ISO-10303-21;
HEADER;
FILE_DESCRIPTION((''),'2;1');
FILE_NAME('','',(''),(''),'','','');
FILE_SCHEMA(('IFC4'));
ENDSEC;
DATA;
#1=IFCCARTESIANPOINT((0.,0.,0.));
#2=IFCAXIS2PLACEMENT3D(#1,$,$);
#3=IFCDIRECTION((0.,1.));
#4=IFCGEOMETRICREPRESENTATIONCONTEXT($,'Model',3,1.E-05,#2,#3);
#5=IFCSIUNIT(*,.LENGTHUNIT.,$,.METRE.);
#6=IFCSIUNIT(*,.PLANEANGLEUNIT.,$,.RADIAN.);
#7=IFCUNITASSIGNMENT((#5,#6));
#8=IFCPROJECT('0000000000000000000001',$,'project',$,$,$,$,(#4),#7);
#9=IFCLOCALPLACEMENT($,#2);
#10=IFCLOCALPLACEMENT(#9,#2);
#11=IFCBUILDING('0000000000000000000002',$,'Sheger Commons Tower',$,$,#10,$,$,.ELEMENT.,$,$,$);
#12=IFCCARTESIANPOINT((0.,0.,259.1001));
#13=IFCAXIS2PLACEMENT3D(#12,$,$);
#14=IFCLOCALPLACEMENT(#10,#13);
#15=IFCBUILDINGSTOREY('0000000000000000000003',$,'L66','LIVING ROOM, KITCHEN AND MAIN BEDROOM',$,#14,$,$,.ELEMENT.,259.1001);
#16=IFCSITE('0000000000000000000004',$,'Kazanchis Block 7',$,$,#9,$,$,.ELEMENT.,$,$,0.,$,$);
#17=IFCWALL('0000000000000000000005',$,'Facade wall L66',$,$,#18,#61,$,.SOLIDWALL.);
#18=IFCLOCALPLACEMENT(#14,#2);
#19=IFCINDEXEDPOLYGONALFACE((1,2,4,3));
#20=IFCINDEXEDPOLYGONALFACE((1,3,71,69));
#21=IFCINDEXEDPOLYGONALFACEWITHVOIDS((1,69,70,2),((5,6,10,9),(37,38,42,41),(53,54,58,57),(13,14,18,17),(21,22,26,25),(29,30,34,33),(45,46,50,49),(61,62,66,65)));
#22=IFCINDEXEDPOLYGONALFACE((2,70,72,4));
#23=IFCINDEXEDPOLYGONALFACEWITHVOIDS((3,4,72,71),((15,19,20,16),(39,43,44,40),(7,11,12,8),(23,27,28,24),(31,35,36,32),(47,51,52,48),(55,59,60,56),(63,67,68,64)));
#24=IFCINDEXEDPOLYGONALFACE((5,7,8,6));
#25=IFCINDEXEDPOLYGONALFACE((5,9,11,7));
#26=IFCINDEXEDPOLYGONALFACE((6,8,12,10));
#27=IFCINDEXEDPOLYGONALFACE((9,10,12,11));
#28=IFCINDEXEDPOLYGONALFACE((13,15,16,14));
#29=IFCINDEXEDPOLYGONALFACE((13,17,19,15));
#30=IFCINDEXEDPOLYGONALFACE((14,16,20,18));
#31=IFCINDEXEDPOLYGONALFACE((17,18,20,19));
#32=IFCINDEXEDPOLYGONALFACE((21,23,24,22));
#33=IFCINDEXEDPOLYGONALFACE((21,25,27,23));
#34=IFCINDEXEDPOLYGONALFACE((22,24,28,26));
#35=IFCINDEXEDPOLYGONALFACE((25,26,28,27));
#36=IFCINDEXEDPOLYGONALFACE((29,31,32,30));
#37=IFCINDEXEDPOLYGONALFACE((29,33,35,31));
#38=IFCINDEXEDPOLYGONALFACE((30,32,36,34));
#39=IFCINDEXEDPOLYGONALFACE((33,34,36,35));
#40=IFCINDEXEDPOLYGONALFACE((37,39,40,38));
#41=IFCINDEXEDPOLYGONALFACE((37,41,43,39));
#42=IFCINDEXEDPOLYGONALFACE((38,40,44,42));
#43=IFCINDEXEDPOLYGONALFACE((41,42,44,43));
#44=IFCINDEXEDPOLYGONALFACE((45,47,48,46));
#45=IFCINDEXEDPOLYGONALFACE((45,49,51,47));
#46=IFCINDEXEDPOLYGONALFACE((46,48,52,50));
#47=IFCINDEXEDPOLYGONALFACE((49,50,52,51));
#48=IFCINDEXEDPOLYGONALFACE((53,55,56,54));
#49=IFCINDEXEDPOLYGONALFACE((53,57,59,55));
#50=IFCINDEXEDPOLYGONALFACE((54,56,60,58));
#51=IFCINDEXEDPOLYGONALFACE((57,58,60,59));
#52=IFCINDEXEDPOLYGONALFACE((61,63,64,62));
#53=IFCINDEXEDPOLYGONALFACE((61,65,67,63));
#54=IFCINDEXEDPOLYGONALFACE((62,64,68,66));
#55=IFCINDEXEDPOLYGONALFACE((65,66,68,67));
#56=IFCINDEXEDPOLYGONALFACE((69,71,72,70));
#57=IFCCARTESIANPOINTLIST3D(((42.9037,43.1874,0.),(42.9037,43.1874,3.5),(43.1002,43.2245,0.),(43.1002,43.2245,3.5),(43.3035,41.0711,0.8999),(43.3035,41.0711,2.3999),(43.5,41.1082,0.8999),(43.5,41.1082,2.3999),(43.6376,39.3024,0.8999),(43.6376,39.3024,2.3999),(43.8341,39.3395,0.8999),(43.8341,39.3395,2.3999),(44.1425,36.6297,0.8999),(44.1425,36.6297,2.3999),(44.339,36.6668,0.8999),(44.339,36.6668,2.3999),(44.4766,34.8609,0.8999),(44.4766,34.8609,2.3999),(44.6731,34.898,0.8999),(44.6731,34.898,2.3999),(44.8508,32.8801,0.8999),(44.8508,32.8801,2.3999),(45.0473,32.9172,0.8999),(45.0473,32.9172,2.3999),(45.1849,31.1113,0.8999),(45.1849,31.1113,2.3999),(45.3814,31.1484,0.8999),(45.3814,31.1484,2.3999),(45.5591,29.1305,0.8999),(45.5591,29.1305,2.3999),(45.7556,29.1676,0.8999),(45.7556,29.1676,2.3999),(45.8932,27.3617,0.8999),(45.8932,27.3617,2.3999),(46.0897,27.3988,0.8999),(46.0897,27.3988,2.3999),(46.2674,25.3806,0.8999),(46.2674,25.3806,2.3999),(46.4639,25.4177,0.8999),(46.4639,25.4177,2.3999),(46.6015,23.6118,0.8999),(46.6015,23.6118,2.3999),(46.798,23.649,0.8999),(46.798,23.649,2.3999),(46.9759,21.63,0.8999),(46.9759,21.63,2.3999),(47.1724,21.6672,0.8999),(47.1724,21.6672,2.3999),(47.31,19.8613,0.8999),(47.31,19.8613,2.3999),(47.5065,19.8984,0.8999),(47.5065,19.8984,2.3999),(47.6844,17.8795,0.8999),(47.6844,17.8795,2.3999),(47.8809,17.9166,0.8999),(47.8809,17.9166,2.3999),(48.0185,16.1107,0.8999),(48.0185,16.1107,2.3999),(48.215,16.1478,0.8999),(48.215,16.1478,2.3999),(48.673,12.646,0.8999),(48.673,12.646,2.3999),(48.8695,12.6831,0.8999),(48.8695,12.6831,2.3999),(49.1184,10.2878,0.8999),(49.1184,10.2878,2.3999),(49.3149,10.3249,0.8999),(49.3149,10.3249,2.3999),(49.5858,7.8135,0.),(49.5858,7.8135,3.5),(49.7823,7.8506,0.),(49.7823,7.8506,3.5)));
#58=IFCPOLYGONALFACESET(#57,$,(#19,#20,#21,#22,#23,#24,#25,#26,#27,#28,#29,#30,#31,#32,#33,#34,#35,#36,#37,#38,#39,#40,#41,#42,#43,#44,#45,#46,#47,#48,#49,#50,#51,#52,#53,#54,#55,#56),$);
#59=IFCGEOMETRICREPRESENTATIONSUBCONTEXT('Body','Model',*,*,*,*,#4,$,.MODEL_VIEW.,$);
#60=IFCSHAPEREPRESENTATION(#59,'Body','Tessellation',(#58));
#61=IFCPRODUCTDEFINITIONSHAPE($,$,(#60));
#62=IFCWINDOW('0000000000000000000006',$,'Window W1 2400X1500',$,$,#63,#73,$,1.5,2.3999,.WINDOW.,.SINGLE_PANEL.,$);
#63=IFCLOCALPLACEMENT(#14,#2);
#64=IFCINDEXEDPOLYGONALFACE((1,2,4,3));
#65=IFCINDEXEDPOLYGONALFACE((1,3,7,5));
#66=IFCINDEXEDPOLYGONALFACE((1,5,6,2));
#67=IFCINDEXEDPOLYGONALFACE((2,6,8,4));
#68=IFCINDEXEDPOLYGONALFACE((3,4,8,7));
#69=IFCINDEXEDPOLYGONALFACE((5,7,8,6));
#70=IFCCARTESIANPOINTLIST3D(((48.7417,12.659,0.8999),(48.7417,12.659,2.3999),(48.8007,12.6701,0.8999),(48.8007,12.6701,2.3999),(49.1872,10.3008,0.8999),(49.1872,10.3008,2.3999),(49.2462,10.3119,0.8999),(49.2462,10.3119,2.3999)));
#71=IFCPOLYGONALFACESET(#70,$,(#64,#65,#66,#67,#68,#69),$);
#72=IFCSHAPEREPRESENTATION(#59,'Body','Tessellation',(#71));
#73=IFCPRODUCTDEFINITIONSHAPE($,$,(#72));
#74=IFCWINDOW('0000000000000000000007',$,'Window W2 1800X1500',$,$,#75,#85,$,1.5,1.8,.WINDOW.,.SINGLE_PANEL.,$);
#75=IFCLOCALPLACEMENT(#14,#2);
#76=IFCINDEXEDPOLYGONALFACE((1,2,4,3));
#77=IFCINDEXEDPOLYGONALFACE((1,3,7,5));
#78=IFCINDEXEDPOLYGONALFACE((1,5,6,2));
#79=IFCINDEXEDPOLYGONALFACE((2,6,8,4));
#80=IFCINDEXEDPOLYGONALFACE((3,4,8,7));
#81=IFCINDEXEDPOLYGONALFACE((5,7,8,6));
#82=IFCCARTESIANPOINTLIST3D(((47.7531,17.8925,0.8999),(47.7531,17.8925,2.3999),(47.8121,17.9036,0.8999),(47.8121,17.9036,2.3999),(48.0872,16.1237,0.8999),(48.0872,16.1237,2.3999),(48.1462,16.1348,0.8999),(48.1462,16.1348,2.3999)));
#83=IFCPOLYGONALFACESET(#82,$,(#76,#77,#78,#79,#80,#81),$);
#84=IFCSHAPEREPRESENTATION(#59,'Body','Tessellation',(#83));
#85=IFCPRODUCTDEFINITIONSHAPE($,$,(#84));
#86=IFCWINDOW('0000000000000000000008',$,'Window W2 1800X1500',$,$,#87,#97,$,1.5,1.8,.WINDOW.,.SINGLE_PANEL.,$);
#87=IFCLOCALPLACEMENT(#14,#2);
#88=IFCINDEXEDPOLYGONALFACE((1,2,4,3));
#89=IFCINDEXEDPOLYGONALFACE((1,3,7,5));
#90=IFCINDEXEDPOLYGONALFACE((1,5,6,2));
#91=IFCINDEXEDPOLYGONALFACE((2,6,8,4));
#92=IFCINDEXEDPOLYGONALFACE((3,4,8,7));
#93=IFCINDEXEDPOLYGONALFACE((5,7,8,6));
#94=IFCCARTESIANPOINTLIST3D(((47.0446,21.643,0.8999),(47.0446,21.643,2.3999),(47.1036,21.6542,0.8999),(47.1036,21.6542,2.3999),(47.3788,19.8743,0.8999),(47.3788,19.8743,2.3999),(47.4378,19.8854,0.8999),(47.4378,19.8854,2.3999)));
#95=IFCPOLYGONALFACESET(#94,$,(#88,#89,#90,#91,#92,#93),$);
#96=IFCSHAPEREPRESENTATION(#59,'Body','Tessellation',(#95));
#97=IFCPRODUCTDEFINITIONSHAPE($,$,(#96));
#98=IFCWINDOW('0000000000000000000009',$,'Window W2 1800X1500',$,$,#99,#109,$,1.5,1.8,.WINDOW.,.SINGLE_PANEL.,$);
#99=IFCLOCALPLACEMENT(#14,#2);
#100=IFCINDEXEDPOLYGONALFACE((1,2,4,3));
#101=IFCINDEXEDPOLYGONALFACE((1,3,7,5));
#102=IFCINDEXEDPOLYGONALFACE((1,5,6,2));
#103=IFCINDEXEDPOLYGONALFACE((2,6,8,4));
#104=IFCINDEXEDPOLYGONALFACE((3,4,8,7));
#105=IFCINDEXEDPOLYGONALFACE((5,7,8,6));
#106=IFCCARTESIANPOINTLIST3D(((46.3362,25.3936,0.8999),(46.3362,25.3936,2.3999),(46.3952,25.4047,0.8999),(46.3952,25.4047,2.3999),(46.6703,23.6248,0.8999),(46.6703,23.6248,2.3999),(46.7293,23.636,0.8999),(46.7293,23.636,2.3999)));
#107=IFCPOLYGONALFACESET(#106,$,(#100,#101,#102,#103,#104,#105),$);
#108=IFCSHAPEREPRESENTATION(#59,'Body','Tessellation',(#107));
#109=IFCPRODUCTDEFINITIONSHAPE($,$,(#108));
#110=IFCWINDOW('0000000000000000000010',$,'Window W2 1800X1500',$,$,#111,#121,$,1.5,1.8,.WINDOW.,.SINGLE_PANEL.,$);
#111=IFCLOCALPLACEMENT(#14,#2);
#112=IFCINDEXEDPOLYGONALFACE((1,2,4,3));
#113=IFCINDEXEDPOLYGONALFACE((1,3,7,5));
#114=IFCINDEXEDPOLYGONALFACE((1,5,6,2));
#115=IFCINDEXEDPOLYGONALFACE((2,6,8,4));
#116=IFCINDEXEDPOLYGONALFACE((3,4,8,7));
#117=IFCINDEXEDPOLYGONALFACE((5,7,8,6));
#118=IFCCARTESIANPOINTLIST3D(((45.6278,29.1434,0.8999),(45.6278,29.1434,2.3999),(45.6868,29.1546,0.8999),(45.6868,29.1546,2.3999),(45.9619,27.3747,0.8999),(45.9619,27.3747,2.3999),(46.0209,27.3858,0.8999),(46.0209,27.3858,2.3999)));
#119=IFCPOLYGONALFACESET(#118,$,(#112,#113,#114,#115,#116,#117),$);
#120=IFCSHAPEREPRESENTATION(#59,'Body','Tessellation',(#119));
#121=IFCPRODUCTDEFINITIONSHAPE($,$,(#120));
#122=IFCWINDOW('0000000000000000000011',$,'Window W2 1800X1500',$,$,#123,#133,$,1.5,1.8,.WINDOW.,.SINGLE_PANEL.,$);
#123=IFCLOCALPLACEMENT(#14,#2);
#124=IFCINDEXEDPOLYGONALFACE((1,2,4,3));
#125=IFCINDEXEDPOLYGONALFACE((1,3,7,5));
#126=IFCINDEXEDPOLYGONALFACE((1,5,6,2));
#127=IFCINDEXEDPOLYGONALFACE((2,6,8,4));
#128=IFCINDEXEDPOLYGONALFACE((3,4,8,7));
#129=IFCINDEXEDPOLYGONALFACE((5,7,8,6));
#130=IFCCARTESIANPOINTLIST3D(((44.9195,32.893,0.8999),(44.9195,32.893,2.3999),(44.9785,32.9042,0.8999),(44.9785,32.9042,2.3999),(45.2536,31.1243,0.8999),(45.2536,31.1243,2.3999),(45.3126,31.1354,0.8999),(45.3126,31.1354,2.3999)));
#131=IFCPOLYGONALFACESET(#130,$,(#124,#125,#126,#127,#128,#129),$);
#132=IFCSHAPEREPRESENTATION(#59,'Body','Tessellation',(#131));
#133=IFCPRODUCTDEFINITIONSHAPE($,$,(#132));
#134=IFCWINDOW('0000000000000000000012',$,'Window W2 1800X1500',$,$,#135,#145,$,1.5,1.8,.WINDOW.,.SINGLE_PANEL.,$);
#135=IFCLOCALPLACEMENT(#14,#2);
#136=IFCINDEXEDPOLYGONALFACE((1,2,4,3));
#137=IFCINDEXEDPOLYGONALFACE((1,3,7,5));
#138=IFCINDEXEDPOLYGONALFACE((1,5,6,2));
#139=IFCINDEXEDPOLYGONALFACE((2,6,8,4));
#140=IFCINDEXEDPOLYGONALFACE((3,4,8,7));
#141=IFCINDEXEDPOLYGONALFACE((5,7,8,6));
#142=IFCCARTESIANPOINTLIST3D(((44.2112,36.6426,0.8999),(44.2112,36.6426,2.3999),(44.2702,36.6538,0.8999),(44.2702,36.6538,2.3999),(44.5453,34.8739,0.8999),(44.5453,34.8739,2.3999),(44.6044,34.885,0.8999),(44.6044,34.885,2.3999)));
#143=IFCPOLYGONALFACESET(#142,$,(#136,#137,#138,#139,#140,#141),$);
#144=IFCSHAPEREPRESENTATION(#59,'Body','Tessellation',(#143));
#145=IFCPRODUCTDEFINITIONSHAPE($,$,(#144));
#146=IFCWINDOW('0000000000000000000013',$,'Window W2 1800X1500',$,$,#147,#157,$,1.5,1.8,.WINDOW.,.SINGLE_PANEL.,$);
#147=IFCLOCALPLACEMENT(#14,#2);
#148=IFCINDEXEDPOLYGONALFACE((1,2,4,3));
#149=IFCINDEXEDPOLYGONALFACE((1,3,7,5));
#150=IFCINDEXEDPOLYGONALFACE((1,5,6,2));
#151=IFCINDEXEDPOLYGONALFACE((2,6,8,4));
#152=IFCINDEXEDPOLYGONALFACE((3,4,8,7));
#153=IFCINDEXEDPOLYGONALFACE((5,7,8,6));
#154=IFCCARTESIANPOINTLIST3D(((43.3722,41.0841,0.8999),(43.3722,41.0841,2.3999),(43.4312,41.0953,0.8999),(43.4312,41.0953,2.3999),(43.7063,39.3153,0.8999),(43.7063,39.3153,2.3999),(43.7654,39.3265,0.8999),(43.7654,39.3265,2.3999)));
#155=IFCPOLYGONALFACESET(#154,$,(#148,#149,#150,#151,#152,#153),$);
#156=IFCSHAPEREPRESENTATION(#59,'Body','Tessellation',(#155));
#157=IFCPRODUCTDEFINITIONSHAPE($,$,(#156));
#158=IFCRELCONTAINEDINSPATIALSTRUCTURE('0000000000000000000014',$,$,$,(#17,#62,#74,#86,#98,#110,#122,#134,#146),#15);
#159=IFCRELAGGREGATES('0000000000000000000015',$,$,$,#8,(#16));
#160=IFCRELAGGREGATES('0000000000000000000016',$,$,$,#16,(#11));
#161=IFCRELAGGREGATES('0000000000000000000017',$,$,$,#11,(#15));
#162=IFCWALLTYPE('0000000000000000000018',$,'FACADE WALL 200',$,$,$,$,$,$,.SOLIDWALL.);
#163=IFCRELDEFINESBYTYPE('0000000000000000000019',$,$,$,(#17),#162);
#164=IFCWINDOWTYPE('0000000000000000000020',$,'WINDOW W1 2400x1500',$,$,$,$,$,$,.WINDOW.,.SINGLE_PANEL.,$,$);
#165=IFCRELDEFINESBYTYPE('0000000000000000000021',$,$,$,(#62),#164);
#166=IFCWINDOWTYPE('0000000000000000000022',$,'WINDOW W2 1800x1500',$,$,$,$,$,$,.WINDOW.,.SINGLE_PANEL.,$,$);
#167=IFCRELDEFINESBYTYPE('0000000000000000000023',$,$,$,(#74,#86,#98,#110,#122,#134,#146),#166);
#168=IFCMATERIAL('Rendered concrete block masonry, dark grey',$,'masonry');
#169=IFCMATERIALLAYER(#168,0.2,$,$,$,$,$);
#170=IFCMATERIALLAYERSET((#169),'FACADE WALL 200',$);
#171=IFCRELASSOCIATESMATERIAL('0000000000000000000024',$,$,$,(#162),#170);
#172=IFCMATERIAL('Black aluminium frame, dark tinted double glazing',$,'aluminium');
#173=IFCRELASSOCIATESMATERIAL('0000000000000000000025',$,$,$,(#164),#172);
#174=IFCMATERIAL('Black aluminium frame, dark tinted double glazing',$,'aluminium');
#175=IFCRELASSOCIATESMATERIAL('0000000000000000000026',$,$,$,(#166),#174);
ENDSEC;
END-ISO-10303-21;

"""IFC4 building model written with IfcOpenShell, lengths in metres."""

from ifc_helpers import new_model, si_unit, direction, frame, frame_2d, origin, place, context, subcontext, project, spatial, rectangle, extrude, material, layer, layer_set, type_object, element, fill, save


model = new_model("IFC4")

# Units and contexts
model_context = context("Model", 3, precision=1e-05, world=origin(), true_north=direction((0.0, 1.0)))
body_context = subcontext(model_context, "Body", "Model", "MODEL_VIEW")
ifc_project = project(units=[si_unit("LENGTHUNIT", "METRE"), si_unit("PLANEANGLEUNIT", "RADIAN")], contexts=[model_context])

# Site, building, storey
site_placement = place(None, origin())
site = spatial("IfcSite", under=ifc_project, at=site_placement, Name="Kazanchis Block 7", CompositionType="ELEMENT", RefElevation=0.0)
building_placement = place(site_placement, origin())
building = spatial("IfcBuilding", under=site, at=building_placement, Name="Sheger Commons Tower", CompositionType="ELEMENT")
storey_placement = place(building_placement, frame((0.0, 0.0, 259.1001)))
storey = spatial("IfcBuildingStorey", under=building, at=storey_placement, Name="L66", Description="LIVING ROOM, KITCHEN AND MAIN BEDROOM", CompositionType="ELEMENT", Elevation=259.1001)

# Shared definitions
ifc_material_1 = material(Name="Rendered concrete block masonry, dark grey", Category="masonry")
ifc_layer_1 = layer(ifc_material_1, 0.2)
ifc_layer_set_1 = layer_set([ifc_layer_1], Name="FACADE WALL 200")
wall_type_1 = type_object("IfcWallType", Name="FACADE WALL 200", PredefinedType="SOLIDWALL", material=ifc_layer_set_1)

# Wall, openings, windows
wall_1_placement = place(storey_placement, frame((49.6841, 7.832, 0.0), z_axis=(0.0, 0.0, 1.0), x_axis=(-0.185617, 0.982622, 0.0)))
wall_1 = element("IfcWall", 1, at=wall_1_placement, inside=storey, type_object=wall_type_1, Name="Facade wall L66", PredefinedType="SOLIDWALL", context=body_context, shape_type="SweptSolid", body=[
    extrude(rectangle(XDim=35.9995, YDim=0.2, at=frame_2d((17.9998, 0.0))), origin(), (0.0, 0.0, 1.0), 3.5),
])
opening_1_placement = place(wall_1_placement, frame((2.5181, 0.0, 0.8999)))
opening_1 = element("IfcOpeningElement", 2, at=opening_1_placement, cuts=wall_1, PredefinedType="OPENING", context=body_context, shape_type="SweptSolid", body=[
    extrude(rectangle(XDim=2.3999, YDim=1.5, at=frame_2d((1.2, 0.75))), frame((0.0, 0.1099, 0.0), z_axis=(0.0, -1.0, 0.0), x_axis=(1.0, 0.0, 0.0)), (0.0, 0.0, 1.0), 0.22),
])
opening_2_placement = place(wall_1_placement, frame((8.4441, 0.0, 0.8999)))
opening_2 = element("IfcOpeningElement", 3, at=opening_2_placement, cuts=wall_1, PredefinedType="OPENING", context=body_context, shape_type="SweptSolid", body=[
    extrude(rectangle(XDim=1.8, YDim=1.5, at=frame_2d((0.8999, 0.75))), frame((0.0, 0.1099, 0.0), z_axis=(0.0, -1.0, 0.0), x_axis=(1.0, 0.0, 0.0)), (0.0, 0.0, 1.0), 0.22),
])
opening_3_placement = place(wall_1_placement, frame((12.261, 0.0, 0.8999)))
opening_3 = element("IfcOpeningElement", 4, at=opening_3_placement, cuts=wall_1, PredefinedType="OPENING", context=body_context, shape_type="SweptSolid", body=[
    extrude(rectangle(XDim=1.8, YDim=1.5, at=frame_2d((0.8999, 0.75))), frame((0.0, 0.1099, 0.0), z_axis=(0.0, -1.0, 0.0), x_axis=(1.0, 0.0, 0.0)), (0.0, 0.0, 1.0), 0.22),
])
opening_4_placement = place(wall_1_placement, frame((16.0779, 0.0, 0.8999)))
opening_4 = element("IfcOpeningElement", 5, at=opening_4_placement, cuts=wall_1, PredefinedType="OPENING", context=body_context, shape_type="SweptSolid", body=[
    extrude(rectangle(XDim=1.8, YDim=1.5, at=frame_2d((0.8999, 0.75))), frame((0.0, 0.1099, 0.0), z_axis=(0.0, -1.0, 0.0), x_axis=(1.0, 0.0, 0.0)), (0.0, 0.0, 1.0), 0.22),
])
opening_5_placement = place(wall_1_placement, frame((19.894, 0.0, 0.8999)))
opening_5 = element("IfcOpeningElement", 6, at=opening_5_placement, cuts=wall_1, PredefinedType="OPENING", context=body_context, shape_type="SweptSolid", body=[
    extrude(rectangle(XDim=1.8, YDim=1.5, at=frame_2d((0.8999, 0.75))), frame((0.0, 0.1099, 0.0), z_axis=(0.0, -1.0, 0.0), x_axis=(1.0, 0.0, 0.0)), (0.0, 0.0, 1.0), 0.22),
])
opening_6_placement = place(wall_1_placement, frame((23.71, 0.0, 0.8999)))
opening_6 = element("IfcOpeningElement", 7, at=opening_6_placement, cuts=wall_1, PredefinedType="OPENING", context=body_context, shape_type="SweptSolid", body=[
    extrude(rectangle(XDim=1.8, YDim=1.5, at=frame_2d((0.8999, 0.75))), frame((0.0, 0.1099, 0.0), z_axis=(0.0, -1.0, 0.0), x_axis=(1.0, 0.0, 0.0)), (0.0, 0.0, 1.0), 0.22),
])
opening_7_placement = place(wall_1_placement, frame((27.5259, 0.0, 0.8999)))
opening_7 = element("IfcOpeningElement", 8, at=opening_7_placement, cuts=wall_1, PredefinedType="OPENING", context=body_context, shape_type="SweptSolid", body=[
    extrude(rectangle(XDim=1.8, YDim=1.5, at=frame_2d((0.8999, 0.75))), frame((0.0, 0.1099, 0.0), z_axis=(0.0, -1.0, 0.0), x_axis=(1.0, 0.0, 0.0)), (0.0, 0.0, 1.0), 0.22),
])
opening_8_placement = place(wall_1_placement, frame((32.0459, 0.0, 0.8999)))
opening_8 = element("IfcOpeningElement", 9, at=opening_8_placement, cuts=wall_1, PredefinedType="OPENING", context=body_context, shape_type="SweptSolid", body=[
    extrude(rectangle(XDim=1.8, YDim=1.5, at=frame_2d((0.8999, 0.75))), frame((0.0, 0.1099, 0.0), z_axis=(0.0, -1.0, 0.0), x_axis=(1.0, 0.0, 0.0)), (0.0, 0.0, 1.0), 0.22),
])
ifc_material_2 = material(Name="Black aluminium frame, dark tinted double glazing", Category="aluminium")
window_type_1 = type_object("IfcWindowType", Name="WINDOW W1 2400x1500", PartitioningType="SINGLE_PANEL", PredefinedType="WINDOW", material=ifc_material_2)
window_1_placement = place(opening_1_placement, origin())
window_1 = element("IfcWindow", 10, at=window_1_placement, inside=storey, type_object=window_type_1, Name="Window W1 2400X1500", OverallHeight=1.5, OverallWidth=2.3999, PartitioningType="SINGLE_PANEL", PredefinedType="WINDOW", context=body_context, shape_type="SweptSolid", body=[
    extrude(rectangle(XDim=2.3999, YDim=1.5, at=frame_2d((1.2, 0.75))), frame((0.0, 0.03, 0.0), z_axis=(0.0, -1.0, 0.0), x_axis=(1.0, 0.0, 0.0)), (0.0, 0.0, 1.0), 0.0601),
])
fill(opening_1, window_1)
ifc_material_3 = material(Name="Black aluminium frame, dark tinted double glazing", Category="aluminium")
window_type_2 = type_object("IfcWindowType", Name="WINDOW W2 1800x1500", PartitioningType="SINGLE_PANEL", PredefinedType="WINDOW", material=ifc_material_3)
window_2_placement = place(opening_2_placement, origin())
window_2 = element("IfcWindow", 11, at=window_2_placement, inside=storey, type_object=window_type_2, Name="Window W2 1800X1500", OverallHeight=1.5, OverallWidth=1.8, PartitioningType="SINGLE_PANEL", PredefinedType="WINDOW", context=body_context, shape_type="SweptSolid", body=[
    extrude(rectangle(XDim=1.8, YDim=1.5, at=frame_2d((0.8999, 0.75))), frame((0.0, 0.03, 0.0), z_axis=(0.0, -1.0, 0.0), x_axis=(1.0, 0.0, 0.0)), (0.0, 0.0, 1.0), 0.0601),
])
fill(opening_2, window_2)
window_3_placement = place(opening_3_placement, origin())
window_3 = element("IfcWindow", 12, at=window_3_placement, inside=storey, type_object=window_type_2, Name="Window W2 1800X1500", OverallHeight=1.5, OverallWidth=1.8, PartitioningType="SINGLE_PANEL", PredefinedType="WINDOW", context=body_context, shape_type="SweptSolid", body=[
    extrude(rectangle(XDim=1.8, YDim=1.5, at=frame_2d((0.8999, 0.75))), frame((0.0, 0.03, 0.0), z_axis=(0.0, -1.0, 0.0), x_axis=(1.0, 0.0, 0.0)), (0.0, 0.0, 1.0), 0.0601),
])
fill(opening_3, window_3)
window_4_placement = place(opening_4_placement, origin())
window_4 = element("IfcWindow", 13, at=window_4_placement, inside=storey, type_object=window_type_2, Name="Window W2 1800X1500", OverallHeight=1.5, OverallWidth=1.8, PartitioningType="SINGLE_PANEL", PredefinedType="WINDOW", context=body_context, shape_type="SweptSolid", body=[
    extrude(rectangle(XDim=1.8, YDim=1.5, at=frame_2d((0.8999, 0.75))), frame((0.0, 0.03, 0.0), z_axis=(0.0, -1.0, 0.0), x_axis=(1.0, 0.0, 0.0)), (0.0, 0.0, 1.0), 0.0601),
])
fill(opening_4, window_4)
window_5_placement = place(opening_5_placement, origin())
window_5 = element("IfcWindow", 14, at=window_5_placement, inside=storey, type_object=window_type_2, Name="Window W2 1800X1500", OverallHeight=1.5, OverallWidth=1.8, PartitioningType="SINGLE_PANEL", PredefinedType="WINDOW", context=body_context, shape_type="SweptSolid", body=[
    extrude(rectangle(XDim=1.8, YDim=1.5, at=frame_2d((0.8999, 0.75))), frame((0.0, 0.03, 0.0), z_axis=(0.0, -1.0, 0.0), x_axis=(1.0, 0.0, 0.0)), (0.0, 0.0, 1.0), 0.0601),
])
fill(opening_5, window_5)
window_6_placement = place(opening_6_placement, origin())
window_6 = element("IfcWindow", 15, at=window_6_placement, inside=storey, type_object=window_type_2, Name="Window W2 1800X1500", OverallHeight=1.5, OverallWidth=1.8, PartitioningType="SINGLE_PANEL", PredefinedType="WINDOW", context=body_context, shape_type="SweptSolid", body=[
    extrude(rectangle(XDim=1.8, YDim=1.5, at=frame_2d((0.8999, 0.75))), frame((0.0, 0.03, 0.0), z_axis=(0.0, -1.0, 0.0), x_axis=(1.0, 0.0, 0.0)), (0.0, 0.0, 1.0), 0.0601),
])
fill(opening_6, window_6)
window_7_placement = place(opening_7_placement, origin())
window_7 = element("IfcWindow", 16, at=window_7_placement, inside=storey, type_object=window_type_2, Name="Window W2 1800X1500", OverallHeight=1.5, OverallWidth=1.8, PartitioningType="SINGLE_PANEL", PredefinedType="WINDOW", context=body_context, shape_type="SweptSolid", body=[
    extrude(rectangle(XDim=1.8, YDim=1.5, at=frame_2d((0.8999, 0.75))), frame((0.0, 0.03, 0.0), z_axis=(0.0, -1.0, 0.0), x_axis=(1.0, 0.0, 0.0)), (0.0, 0.0, 1.0), 0.0601),
])
fill(opening_7, window_7)
window_8_placement = place(opening_8_placement, origin())
window_8 = element("IfcWindow", 17, at=window_8_placement, inside=storey, type_object=window_type_2, Name="Window W2 1800X1500", OverallHeight=1.5, OverallWidth=1.8, PartitioningType="SINGLE_PANEL", PredefinedType="WINDOW", context=body_context, shape_type="SweptSolid", body=[
    extrude(rectangle(XDim=1.8, YDim=1.5, at=frame_2d((0.8999, 0.75))), frame((0.0, 0.03, 0.0), z_axis=(0.0, -1.0, 0.0), x_axis=(1.0, 0.0, 0.0)), (0.0, 0.0, 1.0), 0.0601),
])
fill(opening_8, window_8)

save(model, "model.ifc")
